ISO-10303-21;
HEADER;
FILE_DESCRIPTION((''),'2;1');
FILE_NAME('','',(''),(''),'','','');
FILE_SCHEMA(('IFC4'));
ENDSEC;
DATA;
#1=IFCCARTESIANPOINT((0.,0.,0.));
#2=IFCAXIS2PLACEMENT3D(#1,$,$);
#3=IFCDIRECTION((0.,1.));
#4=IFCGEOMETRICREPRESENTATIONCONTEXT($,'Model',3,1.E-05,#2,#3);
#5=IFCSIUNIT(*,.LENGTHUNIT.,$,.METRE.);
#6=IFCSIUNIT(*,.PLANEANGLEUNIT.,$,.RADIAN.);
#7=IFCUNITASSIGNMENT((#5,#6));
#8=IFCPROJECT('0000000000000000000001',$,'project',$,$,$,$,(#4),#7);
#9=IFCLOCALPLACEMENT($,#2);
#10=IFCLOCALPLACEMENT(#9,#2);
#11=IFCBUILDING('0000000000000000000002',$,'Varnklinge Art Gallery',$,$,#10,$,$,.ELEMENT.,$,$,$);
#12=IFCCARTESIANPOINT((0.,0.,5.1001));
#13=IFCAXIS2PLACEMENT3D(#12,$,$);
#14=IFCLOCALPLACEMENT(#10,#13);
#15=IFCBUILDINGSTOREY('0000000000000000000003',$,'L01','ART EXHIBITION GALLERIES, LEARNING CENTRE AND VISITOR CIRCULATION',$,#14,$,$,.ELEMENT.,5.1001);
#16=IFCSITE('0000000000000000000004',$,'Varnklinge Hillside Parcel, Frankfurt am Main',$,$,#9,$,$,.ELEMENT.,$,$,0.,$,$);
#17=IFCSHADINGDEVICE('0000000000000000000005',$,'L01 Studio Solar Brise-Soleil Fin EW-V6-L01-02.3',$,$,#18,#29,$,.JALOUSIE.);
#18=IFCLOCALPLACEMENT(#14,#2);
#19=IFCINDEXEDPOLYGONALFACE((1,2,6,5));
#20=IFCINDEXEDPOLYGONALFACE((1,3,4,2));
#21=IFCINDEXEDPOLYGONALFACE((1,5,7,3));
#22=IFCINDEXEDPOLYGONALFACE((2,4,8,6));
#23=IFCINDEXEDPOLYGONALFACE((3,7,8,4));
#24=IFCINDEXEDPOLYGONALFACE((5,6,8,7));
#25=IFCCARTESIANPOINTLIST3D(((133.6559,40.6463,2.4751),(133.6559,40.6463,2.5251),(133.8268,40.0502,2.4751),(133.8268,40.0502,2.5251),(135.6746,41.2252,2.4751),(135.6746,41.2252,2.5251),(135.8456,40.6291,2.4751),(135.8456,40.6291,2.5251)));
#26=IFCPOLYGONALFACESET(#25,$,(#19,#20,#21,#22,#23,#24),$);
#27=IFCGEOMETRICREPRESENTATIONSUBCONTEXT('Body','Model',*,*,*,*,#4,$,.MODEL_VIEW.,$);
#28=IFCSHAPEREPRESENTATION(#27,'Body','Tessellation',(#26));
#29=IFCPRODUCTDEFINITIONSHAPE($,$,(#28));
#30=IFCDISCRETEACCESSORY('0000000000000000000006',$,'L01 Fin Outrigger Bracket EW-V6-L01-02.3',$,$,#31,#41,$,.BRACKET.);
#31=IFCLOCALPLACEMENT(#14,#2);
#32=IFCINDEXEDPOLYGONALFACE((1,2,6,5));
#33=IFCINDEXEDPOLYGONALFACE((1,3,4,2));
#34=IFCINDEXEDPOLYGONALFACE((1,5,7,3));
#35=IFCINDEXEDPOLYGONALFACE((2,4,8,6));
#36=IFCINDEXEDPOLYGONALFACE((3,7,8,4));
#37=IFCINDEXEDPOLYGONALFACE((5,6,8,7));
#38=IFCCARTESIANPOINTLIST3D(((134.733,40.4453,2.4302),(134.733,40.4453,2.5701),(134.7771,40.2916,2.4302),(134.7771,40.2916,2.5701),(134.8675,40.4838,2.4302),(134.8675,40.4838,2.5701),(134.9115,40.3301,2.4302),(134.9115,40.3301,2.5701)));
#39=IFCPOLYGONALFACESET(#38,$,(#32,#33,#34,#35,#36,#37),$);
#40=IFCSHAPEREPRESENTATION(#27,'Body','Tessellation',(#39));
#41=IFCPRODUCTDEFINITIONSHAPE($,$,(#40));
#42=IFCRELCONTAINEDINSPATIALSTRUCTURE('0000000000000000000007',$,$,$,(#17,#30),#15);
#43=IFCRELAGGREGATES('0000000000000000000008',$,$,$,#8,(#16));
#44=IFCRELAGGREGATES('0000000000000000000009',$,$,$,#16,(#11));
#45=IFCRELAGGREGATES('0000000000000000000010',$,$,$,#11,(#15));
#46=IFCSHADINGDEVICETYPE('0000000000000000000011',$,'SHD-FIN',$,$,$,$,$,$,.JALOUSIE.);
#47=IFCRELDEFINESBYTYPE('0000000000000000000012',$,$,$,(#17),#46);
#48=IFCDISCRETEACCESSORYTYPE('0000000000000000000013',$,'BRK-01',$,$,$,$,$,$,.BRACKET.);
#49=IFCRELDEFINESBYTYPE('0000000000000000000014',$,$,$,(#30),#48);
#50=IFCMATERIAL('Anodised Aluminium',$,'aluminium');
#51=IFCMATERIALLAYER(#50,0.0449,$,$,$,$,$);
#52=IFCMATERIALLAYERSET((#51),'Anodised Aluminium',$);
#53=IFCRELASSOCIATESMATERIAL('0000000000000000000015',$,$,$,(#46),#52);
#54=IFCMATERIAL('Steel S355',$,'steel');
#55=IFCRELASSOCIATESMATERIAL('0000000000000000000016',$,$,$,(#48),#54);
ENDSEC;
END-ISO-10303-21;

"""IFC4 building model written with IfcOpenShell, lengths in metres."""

from ifc_helpers import new_model, si_unit, direction, frame, origin, origin_2d, place, context, subcontext, project, spatial, rectangle, extrude, material, layer, layer_set, type_object, element, save


model = new_model("IFC4")

# Units and contexts
model_context = context("Model", 3, precision=1e-05, world=origin(), true_north=direction((0.0, 1.0)))
body_context = subcontext(model_context, "Body", "Model", "MODEL_VIEW")
ifc_project = project(units=[si_unit("LENGTHUNIT", "METRE"), si_unit("PLANEANGLEUNIT", "RADIAN")], contexts=[model_context])

# Site, building, storey
site_placement = place(None, origin())
site = spatial("IfcSite", under=ifc_project, at=site_placement, Name="Varnklinge Hillside Parcel, Frankfurt am Main", CompositionType="ELEMENT", RefElevation=0.0)
building_placement = place(site_placement, origin())
building = spatial("IfcBuilding", under=site, at=building_placement, Name="Varnklinge Art Gallery", CompositionType="ELEMENT")
storey_placement = place(building_placement, frame((0.0, 0.0, 5.1001)))
storey = spatial("IfcBuildingStorey", under=building, at=storey_placement, Name="L01", Description="ART EXHIBITION GALLERIES, LEARNING CENTRE AND VISITOR CIRCULATION", CompositionType="ELEMENT", Elevation=5.1001)

# Shading device
ifc_material_1 = material(Name="Anodised Aluminium", Category="aluminium")
ifc_layer_1 = layer(ifc_material_1, 0.0449)
ifc_layer_set_1 = layer_set([ifc_layer_1], Name="Anodised Aluminium")
shading_device_type = type_object("IfcShadingDeviceType", Name="SHD-FIN", PredefinedType="JALOUSIE", material=ifc_layer_set_1)
shading_device_placement = place(storey_placement, frame((134.7507, 40.6377, 2.4751), z_axis=(0.0, 0.0, 1.0), x_axis=(0.961262, 0.275637, 0.0)))
element("IfcShadingDevice", 1, at=shading_device_placement, inside=storey, type_object=shading_device_type, Name="L01 Studio Solar Brise-Soleil Fin EW-V6-L01-02.3", PredefinedType="JALOUSIE", context=body_context, shape_type="SweptSolid", body=[
    extrude(rectangle(XDim=2.1001, YDim=0.6201, at=origin_2d()), origin(), (0.0, 0.0, 1.0), 0.05),
])

# Discrete accessory
ifc_material_2 = material(Name="Steel S355", Category="steel")
discrete_accessory_type = type_object("IfcDiscreteAccessoryType", Name="BRK-01", PredefinedType="BRACKET", material=ifc_material_2)
discrete_accessory_placement = place(storey_placement, frame((134.8223, 40.3877, 2.4302), z_axis=(0.0, 0.0, 1.0), x_axis=(0.961262, 0.275637, 0.0)))
element("IfcDiscreteAccessory", 2, at=discrete_accessory_placement, inside=storey, type_object=discrete_accessory_type, Name="L01 Fin Outrigger Bracket EW-V6-L01-02.3", PredefinedType="BRACKET", context=body_context, shape_type="SweptSolid", body=[
    extrude(rectangle(XDim=0.1399, YDim=0.1599, at=origin_2d()), origin(), (0.0, 0.0, 1.0), 0.1399),
])

save(model, "model.ifc")
